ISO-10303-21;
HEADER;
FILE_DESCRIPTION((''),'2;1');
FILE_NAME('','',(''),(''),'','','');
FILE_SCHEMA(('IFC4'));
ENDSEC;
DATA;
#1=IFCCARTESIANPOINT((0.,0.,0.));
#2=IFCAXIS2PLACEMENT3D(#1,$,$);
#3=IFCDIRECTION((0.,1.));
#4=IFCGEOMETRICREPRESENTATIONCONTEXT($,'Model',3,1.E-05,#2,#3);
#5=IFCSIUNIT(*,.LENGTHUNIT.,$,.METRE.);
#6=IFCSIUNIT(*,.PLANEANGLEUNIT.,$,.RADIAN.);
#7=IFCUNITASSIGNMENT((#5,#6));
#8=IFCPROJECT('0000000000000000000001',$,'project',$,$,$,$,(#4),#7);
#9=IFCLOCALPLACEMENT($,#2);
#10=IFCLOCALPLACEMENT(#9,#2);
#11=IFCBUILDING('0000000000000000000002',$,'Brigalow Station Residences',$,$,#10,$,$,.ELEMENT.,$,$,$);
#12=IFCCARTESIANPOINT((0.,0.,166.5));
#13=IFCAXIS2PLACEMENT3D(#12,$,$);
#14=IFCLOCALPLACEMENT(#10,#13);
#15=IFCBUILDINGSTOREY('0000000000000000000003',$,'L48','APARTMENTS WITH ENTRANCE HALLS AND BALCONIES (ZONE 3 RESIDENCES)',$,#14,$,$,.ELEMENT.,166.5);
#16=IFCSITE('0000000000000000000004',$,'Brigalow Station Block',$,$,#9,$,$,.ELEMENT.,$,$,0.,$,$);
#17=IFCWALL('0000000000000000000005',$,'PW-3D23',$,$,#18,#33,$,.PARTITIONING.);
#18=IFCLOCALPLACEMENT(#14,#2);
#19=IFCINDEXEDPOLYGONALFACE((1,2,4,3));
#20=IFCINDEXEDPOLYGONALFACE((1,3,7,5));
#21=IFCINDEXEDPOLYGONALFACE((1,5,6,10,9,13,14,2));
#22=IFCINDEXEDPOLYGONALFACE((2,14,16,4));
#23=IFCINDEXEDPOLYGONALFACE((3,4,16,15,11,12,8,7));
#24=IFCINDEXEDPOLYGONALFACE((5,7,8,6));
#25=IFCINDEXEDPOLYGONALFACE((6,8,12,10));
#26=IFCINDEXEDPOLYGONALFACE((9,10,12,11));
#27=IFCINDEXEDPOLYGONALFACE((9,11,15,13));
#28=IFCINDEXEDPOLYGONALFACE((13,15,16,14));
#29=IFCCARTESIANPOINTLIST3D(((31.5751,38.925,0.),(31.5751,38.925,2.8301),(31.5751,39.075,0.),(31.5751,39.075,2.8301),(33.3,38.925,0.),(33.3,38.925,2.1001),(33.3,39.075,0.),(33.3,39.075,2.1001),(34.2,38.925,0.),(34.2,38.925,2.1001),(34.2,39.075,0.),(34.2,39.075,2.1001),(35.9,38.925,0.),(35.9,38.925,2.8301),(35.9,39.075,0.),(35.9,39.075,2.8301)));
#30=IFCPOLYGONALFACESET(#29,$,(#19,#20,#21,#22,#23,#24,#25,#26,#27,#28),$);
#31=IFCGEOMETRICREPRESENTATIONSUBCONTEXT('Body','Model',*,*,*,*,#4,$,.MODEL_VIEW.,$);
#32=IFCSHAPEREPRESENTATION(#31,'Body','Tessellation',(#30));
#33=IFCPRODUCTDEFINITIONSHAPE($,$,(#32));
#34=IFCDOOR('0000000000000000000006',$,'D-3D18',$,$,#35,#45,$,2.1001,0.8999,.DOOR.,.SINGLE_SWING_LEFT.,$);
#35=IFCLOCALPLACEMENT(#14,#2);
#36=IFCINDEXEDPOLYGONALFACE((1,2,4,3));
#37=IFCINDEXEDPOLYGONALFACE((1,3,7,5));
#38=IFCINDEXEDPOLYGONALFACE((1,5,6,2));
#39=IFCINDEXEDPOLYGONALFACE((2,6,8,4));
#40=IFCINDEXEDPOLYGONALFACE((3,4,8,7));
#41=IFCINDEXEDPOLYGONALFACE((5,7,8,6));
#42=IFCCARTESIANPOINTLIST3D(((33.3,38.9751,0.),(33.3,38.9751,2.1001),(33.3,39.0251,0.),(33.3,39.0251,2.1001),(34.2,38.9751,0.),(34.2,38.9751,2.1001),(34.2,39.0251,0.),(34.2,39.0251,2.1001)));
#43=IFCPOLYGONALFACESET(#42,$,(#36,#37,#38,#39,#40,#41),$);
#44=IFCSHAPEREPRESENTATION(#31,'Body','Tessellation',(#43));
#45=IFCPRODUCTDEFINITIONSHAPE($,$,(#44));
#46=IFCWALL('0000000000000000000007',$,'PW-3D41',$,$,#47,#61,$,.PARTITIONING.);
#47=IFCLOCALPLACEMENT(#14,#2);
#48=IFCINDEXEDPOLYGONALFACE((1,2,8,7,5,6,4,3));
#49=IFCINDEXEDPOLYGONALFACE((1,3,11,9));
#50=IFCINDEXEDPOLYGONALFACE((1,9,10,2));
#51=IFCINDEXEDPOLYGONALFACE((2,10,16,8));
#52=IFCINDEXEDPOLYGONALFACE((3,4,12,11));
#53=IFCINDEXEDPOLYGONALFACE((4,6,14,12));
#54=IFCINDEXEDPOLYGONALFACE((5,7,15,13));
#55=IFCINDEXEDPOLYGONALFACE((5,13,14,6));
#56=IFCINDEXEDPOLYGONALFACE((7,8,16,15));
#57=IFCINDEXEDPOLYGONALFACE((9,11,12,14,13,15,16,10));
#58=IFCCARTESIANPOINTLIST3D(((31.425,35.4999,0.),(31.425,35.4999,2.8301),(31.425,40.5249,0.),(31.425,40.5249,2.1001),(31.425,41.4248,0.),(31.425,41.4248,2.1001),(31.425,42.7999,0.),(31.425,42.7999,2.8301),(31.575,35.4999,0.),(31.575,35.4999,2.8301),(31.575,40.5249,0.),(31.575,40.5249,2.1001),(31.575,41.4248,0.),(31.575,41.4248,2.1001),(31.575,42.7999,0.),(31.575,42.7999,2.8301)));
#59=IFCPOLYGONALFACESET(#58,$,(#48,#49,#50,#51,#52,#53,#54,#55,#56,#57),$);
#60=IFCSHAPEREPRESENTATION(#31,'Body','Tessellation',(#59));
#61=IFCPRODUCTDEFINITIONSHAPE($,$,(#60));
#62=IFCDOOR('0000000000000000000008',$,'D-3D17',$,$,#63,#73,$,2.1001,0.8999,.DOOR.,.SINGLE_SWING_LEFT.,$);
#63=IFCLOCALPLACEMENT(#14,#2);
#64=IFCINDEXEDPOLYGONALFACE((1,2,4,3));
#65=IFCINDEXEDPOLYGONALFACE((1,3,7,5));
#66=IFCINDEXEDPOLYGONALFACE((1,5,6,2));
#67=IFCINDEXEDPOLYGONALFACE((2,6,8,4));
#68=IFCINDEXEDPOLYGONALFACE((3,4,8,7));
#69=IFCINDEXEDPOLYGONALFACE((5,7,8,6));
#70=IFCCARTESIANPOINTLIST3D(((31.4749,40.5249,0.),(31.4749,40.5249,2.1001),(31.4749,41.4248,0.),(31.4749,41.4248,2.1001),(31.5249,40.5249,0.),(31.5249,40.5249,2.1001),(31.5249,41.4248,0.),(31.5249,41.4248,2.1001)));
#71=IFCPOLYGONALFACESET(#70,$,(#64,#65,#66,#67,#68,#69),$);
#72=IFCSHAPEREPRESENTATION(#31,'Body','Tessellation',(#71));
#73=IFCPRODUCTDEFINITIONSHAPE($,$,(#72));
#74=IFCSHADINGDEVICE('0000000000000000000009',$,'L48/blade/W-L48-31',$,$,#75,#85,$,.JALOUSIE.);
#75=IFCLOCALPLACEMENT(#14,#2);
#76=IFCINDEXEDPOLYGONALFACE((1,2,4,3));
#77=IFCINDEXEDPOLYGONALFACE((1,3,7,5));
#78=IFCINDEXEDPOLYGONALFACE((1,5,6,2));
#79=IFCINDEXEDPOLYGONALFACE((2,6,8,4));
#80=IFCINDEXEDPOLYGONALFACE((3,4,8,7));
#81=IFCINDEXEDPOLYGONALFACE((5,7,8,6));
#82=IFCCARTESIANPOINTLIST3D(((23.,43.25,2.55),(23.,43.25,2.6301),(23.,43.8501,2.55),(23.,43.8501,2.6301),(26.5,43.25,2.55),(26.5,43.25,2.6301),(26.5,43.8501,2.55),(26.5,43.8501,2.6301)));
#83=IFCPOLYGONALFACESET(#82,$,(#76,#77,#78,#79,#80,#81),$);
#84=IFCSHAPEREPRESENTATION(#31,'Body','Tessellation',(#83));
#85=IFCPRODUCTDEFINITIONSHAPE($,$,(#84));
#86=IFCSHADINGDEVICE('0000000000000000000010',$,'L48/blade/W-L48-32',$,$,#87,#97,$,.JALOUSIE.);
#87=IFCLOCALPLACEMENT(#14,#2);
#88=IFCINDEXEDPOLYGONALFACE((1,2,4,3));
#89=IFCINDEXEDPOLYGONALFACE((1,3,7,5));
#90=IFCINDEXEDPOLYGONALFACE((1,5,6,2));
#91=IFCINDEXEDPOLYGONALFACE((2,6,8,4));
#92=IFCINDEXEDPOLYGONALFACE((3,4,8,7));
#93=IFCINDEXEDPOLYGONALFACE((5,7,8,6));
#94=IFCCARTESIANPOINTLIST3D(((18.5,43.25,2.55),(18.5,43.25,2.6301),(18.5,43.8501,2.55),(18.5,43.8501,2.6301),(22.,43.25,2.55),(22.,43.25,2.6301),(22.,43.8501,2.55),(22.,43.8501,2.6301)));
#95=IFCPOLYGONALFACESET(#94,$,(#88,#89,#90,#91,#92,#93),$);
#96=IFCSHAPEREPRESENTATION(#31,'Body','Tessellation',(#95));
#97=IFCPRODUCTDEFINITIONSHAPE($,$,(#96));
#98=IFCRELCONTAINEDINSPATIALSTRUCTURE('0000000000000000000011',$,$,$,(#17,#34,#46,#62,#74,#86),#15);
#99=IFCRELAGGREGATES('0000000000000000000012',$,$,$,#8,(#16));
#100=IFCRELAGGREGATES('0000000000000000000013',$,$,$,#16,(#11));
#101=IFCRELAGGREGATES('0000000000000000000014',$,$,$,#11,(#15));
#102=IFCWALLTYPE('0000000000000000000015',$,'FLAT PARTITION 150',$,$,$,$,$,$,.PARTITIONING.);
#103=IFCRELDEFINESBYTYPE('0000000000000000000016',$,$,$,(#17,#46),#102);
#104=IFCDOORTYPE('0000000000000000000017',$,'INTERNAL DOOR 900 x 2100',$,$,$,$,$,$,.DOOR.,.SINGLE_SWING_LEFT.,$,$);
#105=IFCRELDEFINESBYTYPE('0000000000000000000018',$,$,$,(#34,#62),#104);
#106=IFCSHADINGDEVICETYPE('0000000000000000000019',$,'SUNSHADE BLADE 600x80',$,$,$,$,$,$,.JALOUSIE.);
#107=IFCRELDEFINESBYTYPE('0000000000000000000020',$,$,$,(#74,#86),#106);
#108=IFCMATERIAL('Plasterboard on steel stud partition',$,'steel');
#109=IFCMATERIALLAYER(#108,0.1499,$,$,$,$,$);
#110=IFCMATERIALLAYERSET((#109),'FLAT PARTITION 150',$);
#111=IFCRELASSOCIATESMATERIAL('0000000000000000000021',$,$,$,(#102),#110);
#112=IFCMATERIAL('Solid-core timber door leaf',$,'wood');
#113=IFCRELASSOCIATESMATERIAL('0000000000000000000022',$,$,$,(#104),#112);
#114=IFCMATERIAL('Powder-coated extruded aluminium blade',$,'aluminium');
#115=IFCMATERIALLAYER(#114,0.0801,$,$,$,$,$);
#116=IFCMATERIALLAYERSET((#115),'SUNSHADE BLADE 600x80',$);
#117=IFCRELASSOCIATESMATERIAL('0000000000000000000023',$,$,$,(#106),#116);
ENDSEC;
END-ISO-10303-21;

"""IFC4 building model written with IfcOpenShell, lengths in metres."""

from ifc_helpers import new_model, si_unit, direction, frame, frame_2d, origin, origin_2d, place, context, subcontext, project, spatial, rectangle, extrude, material, layer, layer_set, type_object, element, fill, save


model = new_model("IFC4")

# Units and contexts
model_context = context("Model", 3, precision=1e-05, world=origin(), true_north=direction((0.0, 1.0)))
body_context = subcontext(model_context, "Body", "Model", "MODEL_VIEW")
ifc_project = project(units=[si_unit("LENGTHUNIT", "METRE"), si_unit("PLANEANGLEUNIT", "RADIAN")], contexts=[model_context])

# Site, building, storey
site_placement = place(None, origin())
site = spatial("IfcSite", under=ifc_project, at=site_placement, Name="Brigalow Station Block", CompositionType="ELEMENT", RefElevation=0.0)
building_placement = place(site_placement, origin())
building = spatial("IfcBuilding", under=site, at=building_placement, Name="Brigalow Station Residences", CompositionType="ELEMENT")
storey_placement = place(building_placement, frame((0.0, 0.0, 166.5)))
storey = spatial("IfcBuildingStorey", under=building, at=storey_placement, Name="L48", Description="APARTMENTS WITH ENTRANCE HALLS AND BALCONIES (ZONE 3 RESIDENCES)", CompositionType="ELEMENT", Elevation=166.5)

# Walls, openings, doors
ifc_material_1 = material(Name="Plasterboard on steel stud partition", Category="steel")
ifc_layer_1 = layer(ifc_material_1, 0.1499)
ifc_layer_set_1 = layer_set([ifc_layer_1], Name="FLAT PARTITION 150")
wall_type_1 = type_object("IfcWallType", Name="FLAT PARTITION 150", PredefinedType="PARTITIONING", material=ifc_layer_set_1)
wall_1_placement = place(storey_placement, frame((31.575, 39.0, 0.0), z_axis=(0.0, 0.0, 1.0), x_axis=(1.0, 0.0, 0.0)))
wall_1 = element("IfcWall", 1, at=wall_1_placement, inside=storey, type_object=wall_type_1, Name="PW-3D23", PredefinedType="PARTITIONING", context=body_context, shape_type="SweptSolid", body=[
    extrude(rectangle(XDim=4.325, YDim=0.1499, at=frame_2d((2.1626, 0.0))), origin(), (0.0, 0.0, 1.0), 2.8301),
])
opening_1_placement = place(wall_1_placement, frame((1.7251, 0.0, 0.0)))
opening_1 = element("IfcOpeningElement", 2, at=opening_1_placement, cuts=wall_1, PredefinedType="OPENING", context=body_context, shape_type="SweptSolid", body=[
    extrude(rectangle(XDim=0.8999, YDim=2.1001, at=frame_2d((0.45, 1.05))), frame((0.0, 0.085, 0.0), z_axis=(0.0, -1.0, 0.0), x_axis=(1.0, 0.0, 0.0)), (0.0, 0.0, 1.0), 0.1699),
])
ifc_material_2 = material(Name="Solid-core timber door leaf", Category="wood")
door_type_1 = type_object("IfcDoorType", Name="INTERNAL DOOR 900 x 2100", OperationType="SINGLE_SWING_LEFT", PredefinedType="DOOR", material=ifc_material_2)
door_1_placement = place(opening_1_placement, frame((0.8999, 0.0, 0.0), z_axis=(0.0, 0.0, 1.0), x_axis=(-1.0, 0.0, 0.0)))
door_1 = element("IfcDoor", 3, at=door_1_placement, inside=storey, type_object=door_type_1, Name="D-3D18", OperationType="SINGLE_SWING_LEFT", OverallHeight=2.1001, OverallWidth=0.8999, PredefinedType="DOOR", context=body_context, shape_type="SweptSolid", body=[
    extrude(rectangle(XDim=0.8999, YDim=2.1001, at=frame_2d((0.45, 1.05))), frame((0.0, 0.0249, 0.0), z_axis=(0.0, -1.0, 0.0), x_axis=(1.0, 0.0, 0.0)), (0.0, 0.0, 1.0), 0.05),
])
fill(opening_1, door_1)
wall_2_placement = place(storey_placement, frame((31.5, 35.5, 0.0), z_axis=(0.0, 0.0, 1.0), x_axis=(0.0, 1.0, 0.0)))
wall_2 = element("IfcWall", 4, at=wall_2_placement, inside=storey, type_object=wall_type_1, Name="PW-3D41", PredefinedType="PARTITIONING", context=body_context, shape_type="SweptSolid", body=[
    extrude(rectangle(XDim=7.3, YDim=0.1499, at=frame_2d((3.6499, 0.0))), origin(), (0.0, 0.0, 1.0), 2.8301),
])
opening_2_placement = place(wall_2_placement, frame((5.0249, 0.0, 0.0)))
opening_2 = element("IfcOpeningElement", 5, at=opening_2_placement, cuts=wall_2, PredefinedType="OPENING", context=body_context, shape_type="SweptSolid", body=[
    extrude(rectangle(XDim=0.8999, YDim=2.1001, at=frame_2d((0.45, 1.05))), frame((0.0, 0.085, 0.0), z_axis=(0.0, -1.0, 0.0), x_axis=(1.0, 0.0, 0.0)), (0.0, 0.0, 1.0), 0.1699),
])
door_2_placement = place(opening_2_placement, frame((0.8999, 0.0, 0.0), z_axis=(0.0, 0.0, 1.0), x_axis=(-1.0, 0.0, 0.0)))
door_2 = element("IfcDoor", 6, at=door_2_placement, inside=storey, type_object=door_type_1, Name="D-3D17", OperationType="SINGLE_SWING_LEFT", OverallHeight=2.1001, OverallWidth=0.8999, PredefinedType="DOOR", context=body_context, shape_type="SweptSolid", body=[
    extrude(rectangle(XDim=0.8999, YDim=2.1001, at=frame_2d((0.45, 1.05))), frame((0.0, 0.0249, 0.0), z_axis=(0.0, -1.0, 0.0), x_axis=(1.0, 0.0, 0.0)), (0.0, 0.0, 1.0), 0.05),
])
fill(opening_2, door_2)

# Shading devices
ifc_material_3 = material(Name="Powder-coated extruded aluminium blade", Category="aluminium")
ifc_layer_2 = layer(ifc_material_3, 0.0801)
ifc_layer_set_2 = layer_set([ifc_layer_2], Name="SUNSHADE BLADE 600x80")
shading_device_type = type_object("IfcShadingDeviceType", Name="SUNSHADE BLADE 600x80", PredefinedType="JALOUSIE", material=ifc_layer_set_2)
for number, where, z_axis, x_axis, name in (
    (7, (24.75, 43.55, 2.55), (0.0, 0.0, 1.0), (-1.0, 0.0, 0.0), "L48/blade/W-L48-31"),
    (8, (20.25, 43.55, 2.55), (0.0, 0.0, 1.0), (-1.0, 0.0, 0.0), "L48/blade/W-L48-32"),
):
    element("IfcShadingDevice", number, at=place(storey_placement, frame(where, z_axis=z_axis, x_axis=x_axis)), inside=storey, type_object=shading_device_type, Name=name, PredefinedType="JALOUSIE", context=body_context, shape_type="SweptSolid", body=[
        extrude(rectangle(XDim=3.5, YDim=0.6001, at=origin_2d()), origin(), (0.0, 0.0, 1.0), 0.0801),
    ])

save(model, "model.ifc")
